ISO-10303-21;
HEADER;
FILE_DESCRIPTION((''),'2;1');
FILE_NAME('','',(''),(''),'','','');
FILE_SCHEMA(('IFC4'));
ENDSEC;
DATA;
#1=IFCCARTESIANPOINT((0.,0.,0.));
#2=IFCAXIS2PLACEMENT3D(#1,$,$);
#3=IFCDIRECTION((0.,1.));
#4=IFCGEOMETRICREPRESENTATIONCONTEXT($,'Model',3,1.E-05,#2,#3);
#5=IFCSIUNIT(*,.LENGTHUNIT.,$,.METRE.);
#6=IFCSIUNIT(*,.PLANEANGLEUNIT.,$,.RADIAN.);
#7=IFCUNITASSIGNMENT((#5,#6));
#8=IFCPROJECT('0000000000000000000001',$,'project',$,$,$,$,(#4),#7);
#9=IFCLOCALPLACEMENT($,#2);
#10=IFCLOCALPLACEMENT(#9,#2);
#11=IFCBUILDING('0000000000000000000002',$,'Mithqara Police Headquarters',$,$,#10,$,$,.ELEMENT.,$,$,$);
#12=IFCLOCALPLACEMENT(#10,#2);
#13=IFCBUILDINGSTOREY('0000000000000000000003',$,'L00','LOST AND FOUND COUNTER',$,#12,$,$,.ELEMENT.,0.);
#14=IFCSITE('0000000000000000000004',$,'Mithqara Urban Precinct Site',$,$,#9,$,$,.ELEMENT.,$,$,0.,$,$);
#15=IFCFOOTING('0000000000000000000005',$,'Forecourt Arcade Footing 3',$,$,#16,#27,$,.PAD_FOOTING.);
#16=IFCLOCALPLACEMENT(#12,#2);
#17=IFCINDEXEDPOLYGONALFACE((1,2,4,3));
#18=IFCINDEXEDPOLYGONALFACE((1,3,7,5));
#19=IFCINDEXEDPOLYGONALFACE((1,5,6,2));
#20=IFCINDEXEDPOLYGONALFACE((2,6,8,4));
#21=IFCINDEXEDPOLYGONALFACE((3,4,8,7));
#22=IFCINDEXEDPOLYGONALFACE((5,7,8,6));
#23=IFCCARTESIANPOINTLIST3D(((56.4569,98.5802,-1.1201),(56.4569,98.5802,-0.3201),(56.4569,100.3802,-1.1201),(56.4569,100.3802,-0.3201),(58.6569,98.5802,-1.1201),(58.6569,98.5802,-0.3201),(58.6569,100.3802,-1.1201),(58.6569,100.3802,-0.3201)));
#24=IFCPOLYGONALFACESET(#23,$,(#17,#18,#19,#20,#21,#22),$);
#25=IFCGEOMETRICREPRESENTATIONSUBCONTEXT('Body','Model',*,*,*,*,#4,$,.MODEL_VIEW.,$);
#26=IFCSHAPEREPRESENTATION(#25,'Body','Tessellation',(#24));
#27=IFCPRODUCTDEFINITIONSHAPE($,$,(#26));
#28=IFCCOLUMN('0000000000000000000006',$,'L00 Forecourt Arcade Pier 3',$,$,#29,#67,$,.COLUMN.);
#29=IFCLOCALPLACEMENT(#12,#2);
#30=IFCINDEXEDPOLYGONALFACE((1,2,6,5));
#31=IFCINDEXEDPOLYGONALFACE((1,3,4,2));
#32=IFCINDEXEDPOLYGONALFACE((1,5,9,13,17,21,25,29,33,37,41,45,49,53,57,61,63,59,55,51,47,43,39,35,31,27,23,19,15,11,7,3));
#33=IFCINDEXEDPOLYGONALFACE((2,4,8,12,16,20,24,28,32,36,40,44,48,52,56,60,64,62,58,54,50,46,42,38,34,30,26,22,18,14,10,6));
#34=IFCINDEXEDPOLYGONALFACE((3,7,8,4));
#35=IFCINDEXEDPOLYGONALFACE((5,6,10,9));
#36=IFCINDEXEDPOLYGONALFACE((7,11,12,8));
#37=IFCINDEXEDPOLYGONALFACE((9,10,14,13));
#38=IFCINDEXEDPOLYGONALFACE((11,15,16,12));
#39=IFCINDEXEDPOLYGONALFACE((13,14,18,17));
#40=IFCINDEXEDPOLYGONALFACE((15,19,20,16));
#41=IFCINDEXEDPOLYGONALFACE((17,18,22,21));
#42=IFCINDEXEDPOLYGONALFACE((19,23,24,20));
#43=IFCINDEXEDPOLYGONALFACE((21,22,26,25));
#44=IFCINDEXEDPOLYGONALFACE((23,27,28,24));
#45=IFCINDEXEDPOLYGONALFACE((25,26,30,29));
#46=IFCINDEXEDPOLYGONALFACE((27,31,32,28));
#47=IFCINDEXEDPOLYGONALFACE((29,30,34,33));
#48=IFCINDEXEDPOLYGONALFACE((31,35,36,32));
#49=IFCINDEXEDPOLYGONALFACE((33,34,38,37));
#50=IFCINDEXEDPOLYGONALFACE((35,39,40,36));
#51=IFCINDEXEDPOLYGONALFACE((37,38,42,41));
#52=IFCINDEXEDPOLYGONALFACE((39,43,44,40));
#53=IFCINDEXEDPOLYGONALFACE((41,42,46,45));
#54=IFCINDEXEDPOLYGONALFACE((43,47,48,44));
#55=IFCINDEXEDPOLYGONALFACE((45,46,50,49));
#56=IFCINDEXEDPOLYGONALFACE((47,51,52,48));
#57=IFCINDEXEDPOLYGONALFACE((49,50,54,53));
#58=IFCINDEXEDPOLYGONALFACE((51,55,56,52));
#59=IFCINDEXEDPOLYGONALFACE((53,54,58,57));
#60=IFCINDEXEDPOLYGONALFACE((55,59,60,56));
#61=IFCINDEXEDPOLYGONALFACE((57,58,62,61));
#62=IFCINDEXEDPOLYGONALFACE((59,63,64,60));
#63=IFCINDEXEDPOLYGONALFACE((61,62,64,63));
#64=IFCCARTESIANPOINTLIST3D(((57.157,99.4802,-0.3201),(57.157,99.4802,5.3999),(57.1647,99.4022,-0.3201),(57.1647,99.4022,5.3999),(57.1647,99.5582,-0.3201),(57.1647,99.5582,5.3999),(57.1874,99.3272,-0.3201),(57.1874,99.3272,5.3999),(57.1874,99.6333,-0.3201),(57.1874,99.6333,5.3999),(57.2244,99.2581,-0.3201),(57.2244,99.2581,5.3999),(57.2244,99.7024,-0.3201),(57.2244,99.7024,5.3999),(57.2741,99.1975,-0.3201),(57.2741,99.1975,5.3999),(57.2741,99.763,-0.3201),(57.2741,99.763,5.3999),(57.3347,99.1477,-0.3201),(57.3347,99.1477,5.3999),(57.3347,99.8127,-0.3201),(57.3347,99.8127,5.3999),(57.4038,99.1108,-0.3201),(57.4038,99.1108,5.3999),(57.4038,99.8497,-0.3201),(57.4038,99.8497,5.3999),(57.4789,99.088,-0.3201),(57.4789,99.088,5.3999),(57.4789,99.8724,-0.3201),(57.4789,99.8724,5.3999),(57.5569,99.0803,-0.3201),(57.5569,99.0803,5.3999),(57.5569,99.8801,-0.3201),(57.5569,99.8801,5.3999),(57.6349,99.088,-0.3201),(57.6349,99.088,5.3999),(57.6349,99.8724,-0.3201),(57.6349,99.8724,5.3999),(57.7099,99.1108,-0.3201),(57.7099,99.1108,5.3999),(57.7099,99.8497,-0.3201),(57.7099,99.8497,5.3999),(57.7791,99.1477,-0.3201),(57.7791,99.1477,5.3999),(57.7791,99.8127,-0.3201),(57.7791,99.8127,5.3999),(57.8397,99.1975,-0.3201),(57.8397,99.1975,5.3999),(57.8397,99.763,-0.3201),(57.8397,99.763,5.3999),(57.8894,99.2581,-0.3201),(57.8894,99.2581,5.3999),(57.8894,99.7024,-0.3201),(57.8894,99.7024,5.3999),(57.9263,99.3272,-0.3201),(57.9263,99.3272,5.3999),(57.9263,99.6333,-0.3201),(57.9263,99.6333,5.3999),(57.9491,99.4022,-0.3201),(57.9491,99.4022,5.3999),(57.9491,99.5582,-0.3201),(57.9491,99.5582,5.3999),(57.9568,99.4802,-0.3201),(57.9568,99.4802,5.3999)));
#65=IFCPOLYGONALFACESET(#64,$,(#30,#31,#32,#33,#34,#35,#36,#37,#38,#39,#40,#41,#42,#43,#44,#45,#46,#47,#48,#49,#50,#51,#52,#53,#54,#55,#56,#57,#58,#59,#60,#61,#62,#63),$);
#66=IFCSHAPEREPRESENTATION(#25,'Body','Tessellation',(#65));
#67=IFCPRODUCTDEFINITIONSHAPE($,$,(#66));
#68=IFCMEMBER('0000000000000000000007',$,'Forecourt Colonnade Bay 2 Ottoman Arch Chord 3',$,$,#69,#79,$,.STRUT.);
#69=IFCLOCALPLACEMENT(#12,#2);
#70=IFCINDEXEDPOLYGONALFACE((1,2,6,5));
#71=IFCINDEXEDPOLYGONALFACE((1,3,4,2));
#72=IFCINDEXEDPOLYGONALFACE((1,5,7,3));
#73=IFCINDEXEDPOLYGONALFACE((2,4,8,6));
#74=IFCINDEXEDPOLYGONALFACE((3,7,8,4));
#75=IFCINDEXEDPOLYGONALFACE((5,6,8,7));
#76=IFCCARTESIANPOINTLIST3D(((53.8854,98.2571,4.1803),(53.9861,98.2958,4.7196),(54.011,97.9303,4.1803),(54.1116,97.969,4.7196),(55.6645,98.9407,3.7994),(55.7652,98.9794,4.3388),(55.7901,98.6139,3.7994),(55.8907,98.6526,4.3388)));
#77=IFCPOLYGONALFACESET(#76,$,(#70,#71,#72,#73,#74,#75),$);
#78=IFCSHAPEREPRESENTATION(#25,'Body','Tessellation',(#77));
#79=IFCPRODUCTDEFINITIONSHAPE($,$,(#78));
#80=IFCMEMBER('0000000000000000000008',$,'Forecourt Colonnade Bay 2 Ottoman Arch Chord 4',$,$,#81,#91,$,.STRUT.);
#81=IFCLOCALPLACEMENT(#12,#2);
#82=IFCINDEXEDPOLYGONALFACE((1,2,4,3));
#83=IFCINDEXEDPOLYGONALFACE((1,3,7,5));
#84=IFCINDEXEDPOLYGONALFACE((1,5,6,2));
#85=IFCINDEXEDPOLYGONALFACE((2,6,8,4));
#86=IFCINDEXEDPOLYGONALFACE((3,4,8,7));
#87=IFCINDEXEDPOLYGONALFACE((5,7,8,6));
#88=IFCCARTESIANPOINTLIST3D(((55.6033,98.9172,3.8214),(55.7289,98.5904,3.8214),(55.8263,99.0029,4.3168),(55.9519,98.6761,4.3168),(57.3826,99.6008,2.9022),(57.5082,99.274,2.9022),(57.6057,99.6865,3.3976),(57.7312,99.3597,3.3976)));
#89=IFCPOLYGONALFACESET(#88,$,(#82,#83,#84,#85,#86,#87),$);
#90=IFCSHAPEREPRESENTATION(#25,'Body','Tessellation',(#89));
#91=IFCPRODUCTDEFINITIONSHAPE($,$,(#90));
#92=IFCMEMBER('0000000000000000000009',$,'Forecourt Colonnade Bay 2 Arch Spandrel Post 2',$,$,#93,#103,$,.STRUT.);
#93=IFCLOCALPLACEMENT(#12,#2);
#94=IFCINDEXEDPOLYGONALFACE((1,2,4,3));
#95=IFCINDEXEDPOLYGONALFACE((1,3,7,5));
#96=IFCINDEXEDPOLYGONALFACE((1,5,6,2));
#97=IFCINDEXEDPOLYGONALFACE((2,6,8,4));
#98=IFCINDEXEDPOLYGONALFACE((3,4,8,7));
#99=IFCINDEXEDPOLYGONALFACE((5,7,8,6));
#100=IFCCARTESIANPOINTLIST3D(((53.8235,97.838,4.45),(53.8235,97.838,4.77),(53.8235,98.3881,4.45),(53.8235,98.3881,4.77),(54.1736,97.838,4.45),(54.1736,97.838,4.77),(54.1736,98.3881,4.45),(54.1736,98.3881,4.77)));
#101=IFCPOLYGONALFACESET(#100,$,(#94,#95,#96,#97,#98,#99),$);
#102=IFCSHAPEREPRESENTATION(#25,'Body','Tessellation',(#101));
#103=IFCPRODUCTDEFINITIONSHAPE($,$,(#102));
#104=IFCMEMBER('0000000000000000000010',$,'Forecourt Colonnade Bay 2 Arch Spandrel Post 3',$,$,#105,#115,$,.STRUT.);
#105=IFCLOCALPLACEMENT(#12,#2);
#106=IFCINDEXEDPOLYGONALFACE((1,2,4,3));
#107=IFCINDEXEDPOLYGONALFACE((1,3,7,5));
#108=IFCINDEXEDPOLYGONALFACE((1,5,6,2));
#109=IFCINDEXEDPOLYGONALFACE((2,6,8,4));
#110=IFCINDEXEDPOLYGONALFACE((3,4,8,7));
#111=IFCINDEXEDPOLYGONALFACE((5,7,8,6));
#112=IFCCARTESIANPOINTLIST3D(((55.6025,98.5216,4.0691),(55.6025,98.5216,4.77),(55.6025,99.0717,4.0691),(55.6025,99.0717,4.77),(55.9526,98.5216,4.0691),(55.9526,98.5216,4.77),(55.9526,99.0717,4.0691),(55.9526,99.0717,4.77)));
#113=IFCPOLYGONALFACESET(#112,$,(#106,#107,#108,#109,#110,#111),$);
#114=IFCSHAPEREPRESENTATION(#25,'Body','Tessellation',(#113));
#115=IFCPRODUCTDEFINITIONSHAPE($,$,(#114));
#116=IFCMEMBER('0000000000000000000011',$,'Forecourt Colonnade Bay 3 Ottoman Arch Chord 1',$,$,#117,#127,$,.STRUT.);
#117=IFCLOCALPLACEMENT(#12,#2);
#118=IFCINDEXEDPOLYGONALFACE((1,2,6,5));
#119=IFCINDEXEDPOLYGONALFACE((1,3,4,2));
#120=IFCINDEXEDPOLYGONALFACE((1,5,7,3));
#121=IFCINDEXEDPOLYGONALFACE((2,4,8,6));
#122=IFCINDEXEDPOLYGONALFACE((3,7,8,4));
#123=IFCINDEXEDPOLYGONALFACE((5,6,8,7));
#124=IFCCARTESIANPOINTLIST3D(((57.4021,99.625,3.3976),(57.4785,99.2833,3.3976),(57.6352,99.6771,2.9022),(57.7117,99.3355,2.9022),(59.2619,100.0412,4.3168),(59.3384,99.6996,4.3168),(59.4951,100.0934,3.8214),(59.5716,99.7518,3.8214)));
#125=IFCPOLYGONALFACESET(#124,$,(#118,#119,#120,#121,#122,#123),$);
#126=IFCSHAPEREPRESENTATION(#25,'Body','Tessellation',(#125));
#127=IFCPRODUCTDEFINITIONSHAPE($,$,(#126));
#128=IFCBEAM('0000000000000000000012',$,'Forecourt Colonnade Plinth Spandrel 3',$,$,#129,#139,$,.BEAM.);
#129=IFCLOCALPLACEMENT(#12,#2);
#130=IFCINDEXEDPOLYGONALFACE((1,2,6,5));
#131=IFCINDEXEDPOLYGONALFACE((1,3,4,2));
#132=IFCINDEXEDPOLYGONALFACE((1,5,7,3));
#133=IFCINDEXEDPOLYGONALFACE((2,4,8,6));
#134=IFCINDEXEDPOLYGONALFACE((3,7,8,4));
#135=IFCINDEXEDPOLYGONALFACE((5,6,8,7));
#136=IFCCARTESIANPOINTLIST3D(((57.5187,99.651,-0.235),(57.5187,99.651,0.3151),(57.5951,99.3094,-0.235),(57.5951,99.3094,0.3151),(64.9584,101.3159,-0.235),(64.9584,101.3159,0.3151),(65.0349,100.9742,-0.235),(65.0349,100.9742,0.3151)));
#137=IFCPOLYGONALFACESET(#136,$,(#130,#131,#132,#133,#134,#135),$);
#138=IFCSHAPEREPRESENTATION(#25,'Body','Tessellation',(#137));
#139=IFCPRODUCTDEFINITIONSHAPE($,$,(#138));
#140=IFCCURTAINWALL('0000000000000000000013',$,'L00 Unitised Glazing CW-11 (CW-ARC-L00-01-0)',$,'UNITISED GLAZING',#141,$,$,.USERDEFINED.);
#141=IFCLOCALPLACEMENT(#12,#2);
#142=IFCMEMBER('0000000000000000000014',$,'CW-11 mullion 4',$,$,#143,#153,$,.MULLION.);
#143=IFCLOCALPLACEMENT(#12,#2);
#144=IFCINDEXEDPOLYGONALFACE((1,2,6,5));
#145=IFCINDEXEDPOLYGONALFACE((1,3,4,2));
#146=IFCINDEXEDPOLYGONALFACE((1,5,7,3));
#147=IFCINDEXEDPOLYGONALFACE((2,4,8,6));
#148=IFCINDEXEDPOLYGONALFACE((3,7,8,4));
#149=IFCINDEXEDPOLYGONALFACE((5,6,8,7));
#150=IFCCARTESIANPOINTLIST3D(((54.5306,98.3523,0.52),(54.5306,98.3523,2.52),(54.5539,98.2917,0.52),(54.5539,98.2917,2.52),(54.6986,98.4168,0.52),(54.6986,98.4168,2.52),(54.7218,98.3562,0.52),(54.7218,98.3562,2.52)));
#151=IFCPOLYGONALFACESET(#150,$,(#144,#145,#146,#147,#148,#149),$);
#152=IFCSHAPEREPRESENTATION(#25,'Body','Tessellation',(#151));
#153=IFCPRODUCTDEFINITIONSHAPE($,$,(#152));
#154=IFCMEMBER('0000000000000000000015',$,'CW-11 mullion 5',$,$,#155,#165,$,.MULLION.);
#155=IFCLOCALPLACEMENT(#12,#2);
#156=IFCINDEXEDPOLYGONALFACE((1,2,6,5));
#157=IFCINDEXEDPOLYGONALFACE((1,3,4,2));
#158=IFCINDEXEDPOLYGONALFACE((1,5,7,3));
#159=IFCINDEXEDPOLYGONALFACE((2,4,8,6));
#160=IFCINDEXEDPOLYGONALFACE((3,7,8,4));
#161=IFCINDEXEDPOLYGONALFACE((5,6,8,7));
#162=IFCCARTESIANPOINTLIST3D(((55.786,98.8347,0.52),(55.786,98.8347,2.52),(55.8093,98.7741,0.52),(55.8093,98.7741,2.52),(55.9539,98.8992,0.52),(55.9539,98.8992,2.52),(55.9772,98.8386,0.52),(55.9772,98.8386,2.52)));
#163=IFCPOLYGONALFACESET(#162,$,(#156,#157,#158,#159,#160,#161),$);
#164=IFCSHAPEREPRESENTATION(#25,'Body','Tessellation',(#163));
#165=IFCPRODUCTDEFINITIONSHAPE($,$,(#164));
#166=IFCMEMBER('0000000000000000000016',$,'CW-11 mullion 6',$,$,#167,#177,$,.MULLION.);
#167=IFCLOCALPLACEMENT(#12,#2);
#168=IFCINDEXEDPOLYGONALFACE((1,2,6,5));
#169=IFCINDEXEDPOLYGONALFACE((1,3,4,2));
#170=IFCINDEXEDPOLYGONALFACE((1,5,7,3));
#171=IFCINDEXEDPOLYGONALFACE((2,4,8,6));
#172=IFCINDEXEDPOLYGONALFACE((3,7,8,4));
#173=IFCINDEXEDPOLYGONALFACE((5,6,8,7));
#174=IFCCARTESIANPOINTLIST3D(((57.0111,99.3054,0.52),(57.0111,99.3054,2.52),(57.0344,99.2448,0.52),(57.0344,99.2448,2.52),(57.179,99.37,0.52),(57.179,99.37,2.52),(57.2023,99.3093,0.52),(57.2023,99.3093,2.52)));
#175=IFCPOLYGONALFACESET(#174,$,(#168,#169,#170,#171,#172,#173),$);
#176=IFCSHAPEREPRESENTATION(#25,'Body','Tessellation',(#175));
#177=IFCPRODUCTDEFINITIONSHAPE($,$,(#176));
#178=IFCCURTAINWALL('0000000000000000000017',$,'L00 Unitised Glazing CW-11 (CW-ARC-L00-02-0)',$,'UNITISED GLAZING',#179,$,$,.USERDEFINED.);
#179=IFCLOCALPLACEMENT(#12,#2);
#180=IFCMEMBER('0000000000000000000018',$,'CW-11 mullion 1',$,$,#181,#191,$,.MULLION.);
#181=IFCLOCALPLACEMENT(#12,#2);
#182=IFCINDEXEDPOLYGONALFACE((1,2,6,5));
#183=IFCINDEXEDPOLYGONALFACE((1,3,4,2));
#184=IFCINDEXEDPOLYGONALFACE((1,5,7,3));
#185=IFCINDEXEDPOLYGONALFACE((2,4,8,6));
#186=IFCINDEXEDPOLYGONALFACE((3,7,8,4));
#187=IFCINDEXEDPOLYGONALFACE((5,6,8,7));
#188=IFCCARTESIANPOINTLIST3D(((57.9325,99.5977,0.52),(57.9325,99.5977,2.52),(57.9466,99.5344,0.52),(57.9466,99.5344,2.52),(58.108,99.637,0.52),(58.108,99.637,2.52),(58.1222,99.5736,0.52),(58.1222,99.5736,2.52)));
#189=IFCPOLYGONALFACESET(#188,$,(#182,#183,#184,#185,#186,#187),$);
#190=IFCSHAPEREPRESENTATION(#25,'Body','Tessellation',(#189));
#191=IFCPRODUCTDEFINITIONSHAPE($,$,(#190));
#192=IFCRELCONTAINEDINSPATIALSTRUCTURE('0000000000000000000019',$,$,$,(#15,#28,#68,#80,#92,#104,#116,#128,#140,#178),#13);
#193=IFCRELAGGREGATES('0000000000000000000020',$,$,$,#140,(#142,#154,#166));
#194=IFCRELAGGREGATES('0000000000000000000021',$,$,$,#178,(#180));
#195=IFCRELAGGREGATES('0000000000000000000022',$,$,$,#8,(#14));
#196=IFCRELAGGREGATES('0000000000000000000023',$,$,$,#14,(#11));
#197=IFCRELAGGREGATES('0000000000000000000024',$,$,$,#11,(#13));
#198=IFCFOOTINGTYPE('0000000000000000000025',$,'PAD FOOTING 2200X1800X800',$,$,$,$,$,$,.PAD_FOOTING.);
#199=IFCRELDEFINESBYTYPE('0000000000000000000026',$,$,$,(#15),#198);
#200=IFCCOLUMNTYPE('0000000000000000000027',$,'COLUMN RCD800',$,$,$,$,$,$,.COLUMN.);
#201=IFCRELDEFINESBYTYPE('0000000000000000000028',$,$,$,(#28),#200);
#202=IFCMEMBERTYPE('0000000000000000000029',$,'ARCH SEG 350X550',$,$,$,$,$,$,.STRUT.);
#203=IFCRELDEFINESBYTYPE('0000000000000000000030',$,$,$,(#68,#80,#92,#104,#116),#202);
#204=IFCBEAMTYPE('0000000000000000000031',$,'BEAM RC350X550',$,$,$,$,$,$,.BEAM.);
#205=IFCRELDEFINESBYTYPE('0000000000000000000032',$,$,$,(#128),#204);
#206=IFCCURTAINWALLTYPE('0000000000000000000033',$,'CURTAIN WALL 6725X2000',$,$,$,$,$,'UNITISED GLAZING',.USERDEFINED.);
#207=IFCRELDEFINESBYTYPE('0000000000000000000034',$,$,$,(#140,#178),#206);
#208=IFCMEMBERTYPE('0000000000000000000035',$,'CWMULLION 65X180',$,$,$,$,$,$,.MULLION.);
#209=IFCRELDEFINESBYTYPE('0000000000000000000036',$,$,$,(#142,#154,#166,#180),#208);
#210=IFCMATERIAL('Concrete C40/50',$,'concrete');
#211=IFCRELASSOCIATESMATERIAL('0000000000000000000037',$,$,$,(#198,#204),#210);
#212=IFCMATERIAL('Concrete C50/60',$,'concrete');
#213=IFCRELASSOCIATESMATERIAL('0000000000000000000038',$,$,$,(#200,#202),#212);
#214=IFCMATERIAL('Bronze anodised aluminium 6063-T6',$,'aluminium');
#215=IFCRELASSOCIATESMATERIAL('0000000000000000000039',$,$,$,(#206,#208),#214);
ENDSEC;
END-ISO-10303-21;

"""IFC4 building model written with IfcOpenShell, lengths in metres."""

from ifc_helpers import new_model, si_unit, direction, frame, origin, origin_2d, place, context, subcontext, project, spatial, rectangle, circle, extrude, material, material_profile, profile_set, type_object, element, aggregate, save


model = new_model("IFC4")

# Units and contexts
model_context = context("Model", 3, precision=1e-05, world=origin(), true_north=direction((0.0, 1.0)))
body_context = subcontext(model_context, "Body", "Model", "MODEL_VIEW")
ifc_project = project(units=[si_unit("LENGTHUNIT", "METRE"), si_unit("PLANEANGLEUNIT", "RADIAN")], contexts=[model_context])

# Site, building, storey
site_placement = place(None, origin())
site = spatial("IfcSite", under=ifc_project, at=site_placement, Name="Mithqara Urban Precinct Site", CompositionType="ELEMENT", RefElevation=0.0)
building_placement = place(site_placement, origin())
building = spatial("IfcBuilding", under=site, at=building_placement, Name="Mithqara Police Headquarters", CompositionType="ELEMENT")
storey_placement = place(building_placement, origin())
storey = spatial("IfcBuildingStorey", under=building, at=storey_placement, Name="L00", Description="LOST AND FOUND COUNTER", CompositionType="ELEMENT", Elevation=0.0)

# Footing
ifc_material_1 = material(Name="Concrete C40/50", Category="concrete")
footing_type = type_object("IfcFootingType", Name="PAD FOOTING 2200X1800X800", PredefinedType="PAD_FOOTING", material=ifc_material_1)
footing_placement = place(storey_placement, frame((57.5569, 99.4802, -1.1201), z_axis=(0.0, 0.0, 1.0), x_axis=(1.0, 0.0, 0.0)))
element("IfcFooting", 1, at=footing_placement, inside=storey, type_object=footing_type, Name="Forecourt Arcade Footing 3", PredefinedType="PAD_FOOTING", context=body_context, shape_type="SweptSolid", body=[
    extrude(rectangle(XDim=2.2, YDim=1.8, at=origin_2d()), origin(), (0.0, 0.0, 1.0), 0.8),
])

# Column
ifc_material_2 = material(Name="Concrete C50/60", Category="concrete")
ifc_material_profile_1 = material_profile(ifc_material_2, circle(Radius=0.3999, at=origin_2d()), Name="RCD 800")
ifc_profile_set_1 = profile_set([ifc_material_profile_1], Name="Concrete C50/60")
column_type = type_object("IfcColumnType", Name="COLUMN RCD800", PredefinedType="COLUMN", material=ifc_profile_set_1)
column_placement = place(storey_placement, frame((57.5569, 99.4802, -0.3201), z_axis=(0.0, 0.0, 1.0), x_axis=(1.0, 0.0, 0.0)))
element("IfcColumn", 2, at=column_placement, inside=storey, type_object=column_type, Name="L00 Forecourt Arcade Pier 3", PredefinedType="COLUMN", context=body_context, shape_type="SweptSolid", body=[
    extrude(circle(Radius=0.3999, at=origin_2d()), origin(), (0.0, 0.0, 1.0), 5.72),
])

# Members
ifc_material_profile_2 = material_profile(ifc_material_2, rectangle(XDim=0.3501, YDim=0.55, at=origin_2d()), Name="ARC 350x550")
ifc_profile_set_2 = profile_set([ifc_material_profile_2], Name="Concrete C50/60")
member_type_1 = type_object("IfcMemberType", Name="ARCH SEG 350X550", PredefinedType="STRUT", material=ifc_profile_set_2)
member_1_placement = place(storey_placement, frame((53.9985, 98.113, 4.45), z_axis=(0.915363, 0.351724, -0.195961), x_axis=(-0.358679, 0.933461, 0.0)))
element("IfcMember", 3, at=member_1_placement, inside=storey, type_object=member_type_1, Name="Forecourt Colonnade Bay 2 Ottoman Arch Chord 3", PredefinedType="STRUT", context=body_context, shape_type="SweptSolid", body=[
    extrude(rectangle(XDim=0.3501, YDim=0.55, at=origin_2d()), origin(), (0.0, 0.0, 1.0), 1.9436),
])
member_2_placement = place(storey_placement, frame((55.7776, 98.7966, 4.0691), z_axis=(0.840816, 0.323036, -0.434368), x_axis=(-0.358636, 0.933478, 0.0)))
element("IfcMember", 4, at=member_2_placement, inside=storey, type_object=member_type_1, Name="Forecourt Colonnade Bay 2 Ottoman Arch Chord 4", PredefinedType="STRUT", context=body_context, shape_type="SweptSolid", body=[
    extrude(rectangle(XDim=0.3501, YDim=0.55, at=origin_2d()), origin(), (0.0, 0.0, 1.0), 2.1162),
])
member_3_placement = place(storey_placement, frame((53.9985, 98.113, 4.45), z_axis=(0.0, 0.0, 1.0), x_axis=(1.0, 0.0, 0.0)))
element("IfcMember", 5, at=member_3_placement, inside=storey, type_object=member_type_1, Name="Forecourt Colonnade Bay 2 Arch Spandrel Post 2", PredefinedType="STRUT", context=body_context, shape_type="SweptSolid", body=[
    extrude(rectangle(XDim=0.3501, YDim=0.55, at=origin_2d()), origin(), (0.0, 0.0, 1.0), 0.3201),
])
member_4_placement = place(storey_placement, frame((55.7776, 98.7966, 4.0691), z_axis=(0.0, 0.0, 1.0), x_axis=(1.0, 0.0, 0.0)))
element("IfcMember", 6, at=member_4_placement, inside=storey, type_object=member_type_1, Name="Forecourt Colonnade Bay 2 Arch Spandrel Post 3", PredefinedType="STRUT", context=body_context, shape_type="SweptSolid", body=[
    extrude(rectangle(XDim=0.3501, YDim=0.55, at=origin_2d()), origin(), (0.0, 0.0, 1.0), 0.7009),
])
member_5_placement = place(storey_placement, frame((57.5569, 99.4802, 3.1499), z_axis=(0.87897, 0.196724, 0.434408), x_axis=(-0.218409, 0.975857, 0.0)))
element("IfcMember", 7, at=member_5_placement, inside=storey, type_object=member_type_1, Name="Forecourt Colonnade Bay 3 Ottoman Arch Chord 1", PredefinedType="STRUT", context=body_context, shape_type="SweptSolid", body=[
    extrude(rectangle(XDim=0.3501, YDim=0.55, at=origin_2d()), origin(), (0.0, 0.0, 1.0), 2.116),
])

# Beam
ifc_material_profile_3 = material_profile(ifc_material_1, rectangle(XDim=0.3501, YDim=0.55, at=origin_2d()), Name="RC 350x550")
ifc_profile_set_3 = profile_set([ifc_material_profile_3], Name="Concrete C40/50")
beam_type_1 = type_object("IfcBeamType", Name="BEAM RC350X550", PredefinedType="BEAM", material=ifc_profile_set_3)
beam_1_placement = place(storey_placement, frame((57.5569, 99.4802, 0.04), z_axis=(0.975866, 0.218371, 0.0), x_axis=(-0.218371, 0.975866, 0.0)))
element("IfcBeam", 8, at=beam_1_placement, inside=storey, type_object=beam_type_1, Name="Forecourt Colonnade Plinth Spandrel 3", PredefinedType="BEAM", context=body_context, shape_type="SweptSolid", body=[
    extrude(rectangle(XDim=0.3501, YDim=0.55, at=origin_2d()), origin(), (0.0, 0.0, 1.0), 7.6238),
])

# Curtain walls, members
ifc_material_3 = material(Name="Bronze anodised aluminium 6063-T6", Category="aluminium")
curtain_wall_type = type_object("IfcCurtainWallType", Name="CURTAIN WALL 6725X2000", ElementType="UNITISED GLAZING", PredefinedType="USERDEFINED", material=ifc_material_3)
curtain_wall_1_placement = place(storey_placement, origin())
curtain_wall_1 = element("IfcCurtainWall", 9, at=curtain_wall_1_placement, inside=storey, type_object=curtain_wall_type, Name="L00 Unitised Glazing CW-11 (CW-ARC-L00-01-0)", ObjectType="UNITISED GLAZING", PredefinedType="USERDEFINED")
ifc_material_profile_4 = material_profile(ifc_material_3, rectangle(XDim=0.0649, YDim=0.1799, at=origin_2d()), Name="CWM 65x180")
ifc_profile_set_4 = profile_set([ifc_material_profile_4], Name="Bronze anodised aluminium 6063-T6")
member_type_2 = type_object("IfcMemberType", Name="CWMULLION 65X180", PredefinedType="MULLION", material=ifc_profile_set_4)
member_6_placement = place(storey_placement, frame((54.6262, 98.3542, 0.52), z_axis=(0.0, 0.0, 1.0), x_axis=(-0.35868, 0.933461, 0.0)))
member_6 = element("IfcMember", 10, at=member_6_placement, type_object=member_type_2, Name="CW-11 mullion 4", PredefinedType="MULLION", context=body_context, shape_type="SweptSolid", body=[
    extrude(rectangle(XDim=0.0649, YDim=0.1799, at=origin_2d()), origin(), (0.0, 0.0, 1.0), 2.0),
])
member_7_placement = place(storey_placement, frame((55.8816, 98.8367, 0.52), z_axis=(0.0, 0.0, 1.0), x_axis=(-0.35868, 0.933461, 0.0)))
member_7 = element("IfcMember", 11, at=member_7_placement, type_object=member_type_2, Name="CW-11 mullion 5", PredefinedType="MULLION", context=body_context, shape_type="SweptSolid", body=[
    extrude(rectangle(XDim=0.0649, YDim=0.1799, at=origin_2d()), origin(), (0.0, 0.0, 1.0), 2.0),
])
member_8_placement = place(storey_placement, frame((57.1067, 99.3074, 0.52), z_axis=(0.0, 0.0, 1.0), x_axis=(-0.35868, 0.933461, 0.0)))
member_8 = element("IfcMember", 12, at=member_8_placement, type_object=member_type_2, Name="CW-11 mullion 6", PredefinedType="MULLION", context=body_context, shape_type="SweptSolid", body=[
    extrude(rectangle(XDim=0.0649, YDim=0.1799, at=origin_2d()), origin(), (0.0, 0.0, 1.0), 2.0),
])
curtain_wall_2_placement = place(storey_placement, origin())
curtain_wall_2 = element("IfcCurtainWall", 13, at=curtain_wall_2_placement, inside=storey, type_object=curtain_wall_type, Name="L00 Unitised Glazing CW-11 (CW-ARC-L00-02-0)", ObjectType="UNITISED GLAZING", PredefinedType="USERDEFINED")
member_9_placement = place(storey_placement, frame((58.0273, 99.5857, 0.52), z_axis=(0.0, 0.0, 1.0), x_axis=(-0.218335, 0.975874, 0.0)))
member_9 = element("IfcMember", 14, at=member_9_placement, type_object=member_type_2, Name="CW-11 mullion 1", PredefinedType="MULLION", context=body_context, shape_type="SweptSolid", body=[
    extrude(rectangle(XDim=0.0649, YDim=0.1799, at=origin_2d()), origin(), (0.0, 0.0, 1.0), 2.0),
])

aggregate(curtain_wall_1, [member_6, member_7, member_8])
aggregate(curtain_wall_2, [member_9])

save(model, "model.ifc")
